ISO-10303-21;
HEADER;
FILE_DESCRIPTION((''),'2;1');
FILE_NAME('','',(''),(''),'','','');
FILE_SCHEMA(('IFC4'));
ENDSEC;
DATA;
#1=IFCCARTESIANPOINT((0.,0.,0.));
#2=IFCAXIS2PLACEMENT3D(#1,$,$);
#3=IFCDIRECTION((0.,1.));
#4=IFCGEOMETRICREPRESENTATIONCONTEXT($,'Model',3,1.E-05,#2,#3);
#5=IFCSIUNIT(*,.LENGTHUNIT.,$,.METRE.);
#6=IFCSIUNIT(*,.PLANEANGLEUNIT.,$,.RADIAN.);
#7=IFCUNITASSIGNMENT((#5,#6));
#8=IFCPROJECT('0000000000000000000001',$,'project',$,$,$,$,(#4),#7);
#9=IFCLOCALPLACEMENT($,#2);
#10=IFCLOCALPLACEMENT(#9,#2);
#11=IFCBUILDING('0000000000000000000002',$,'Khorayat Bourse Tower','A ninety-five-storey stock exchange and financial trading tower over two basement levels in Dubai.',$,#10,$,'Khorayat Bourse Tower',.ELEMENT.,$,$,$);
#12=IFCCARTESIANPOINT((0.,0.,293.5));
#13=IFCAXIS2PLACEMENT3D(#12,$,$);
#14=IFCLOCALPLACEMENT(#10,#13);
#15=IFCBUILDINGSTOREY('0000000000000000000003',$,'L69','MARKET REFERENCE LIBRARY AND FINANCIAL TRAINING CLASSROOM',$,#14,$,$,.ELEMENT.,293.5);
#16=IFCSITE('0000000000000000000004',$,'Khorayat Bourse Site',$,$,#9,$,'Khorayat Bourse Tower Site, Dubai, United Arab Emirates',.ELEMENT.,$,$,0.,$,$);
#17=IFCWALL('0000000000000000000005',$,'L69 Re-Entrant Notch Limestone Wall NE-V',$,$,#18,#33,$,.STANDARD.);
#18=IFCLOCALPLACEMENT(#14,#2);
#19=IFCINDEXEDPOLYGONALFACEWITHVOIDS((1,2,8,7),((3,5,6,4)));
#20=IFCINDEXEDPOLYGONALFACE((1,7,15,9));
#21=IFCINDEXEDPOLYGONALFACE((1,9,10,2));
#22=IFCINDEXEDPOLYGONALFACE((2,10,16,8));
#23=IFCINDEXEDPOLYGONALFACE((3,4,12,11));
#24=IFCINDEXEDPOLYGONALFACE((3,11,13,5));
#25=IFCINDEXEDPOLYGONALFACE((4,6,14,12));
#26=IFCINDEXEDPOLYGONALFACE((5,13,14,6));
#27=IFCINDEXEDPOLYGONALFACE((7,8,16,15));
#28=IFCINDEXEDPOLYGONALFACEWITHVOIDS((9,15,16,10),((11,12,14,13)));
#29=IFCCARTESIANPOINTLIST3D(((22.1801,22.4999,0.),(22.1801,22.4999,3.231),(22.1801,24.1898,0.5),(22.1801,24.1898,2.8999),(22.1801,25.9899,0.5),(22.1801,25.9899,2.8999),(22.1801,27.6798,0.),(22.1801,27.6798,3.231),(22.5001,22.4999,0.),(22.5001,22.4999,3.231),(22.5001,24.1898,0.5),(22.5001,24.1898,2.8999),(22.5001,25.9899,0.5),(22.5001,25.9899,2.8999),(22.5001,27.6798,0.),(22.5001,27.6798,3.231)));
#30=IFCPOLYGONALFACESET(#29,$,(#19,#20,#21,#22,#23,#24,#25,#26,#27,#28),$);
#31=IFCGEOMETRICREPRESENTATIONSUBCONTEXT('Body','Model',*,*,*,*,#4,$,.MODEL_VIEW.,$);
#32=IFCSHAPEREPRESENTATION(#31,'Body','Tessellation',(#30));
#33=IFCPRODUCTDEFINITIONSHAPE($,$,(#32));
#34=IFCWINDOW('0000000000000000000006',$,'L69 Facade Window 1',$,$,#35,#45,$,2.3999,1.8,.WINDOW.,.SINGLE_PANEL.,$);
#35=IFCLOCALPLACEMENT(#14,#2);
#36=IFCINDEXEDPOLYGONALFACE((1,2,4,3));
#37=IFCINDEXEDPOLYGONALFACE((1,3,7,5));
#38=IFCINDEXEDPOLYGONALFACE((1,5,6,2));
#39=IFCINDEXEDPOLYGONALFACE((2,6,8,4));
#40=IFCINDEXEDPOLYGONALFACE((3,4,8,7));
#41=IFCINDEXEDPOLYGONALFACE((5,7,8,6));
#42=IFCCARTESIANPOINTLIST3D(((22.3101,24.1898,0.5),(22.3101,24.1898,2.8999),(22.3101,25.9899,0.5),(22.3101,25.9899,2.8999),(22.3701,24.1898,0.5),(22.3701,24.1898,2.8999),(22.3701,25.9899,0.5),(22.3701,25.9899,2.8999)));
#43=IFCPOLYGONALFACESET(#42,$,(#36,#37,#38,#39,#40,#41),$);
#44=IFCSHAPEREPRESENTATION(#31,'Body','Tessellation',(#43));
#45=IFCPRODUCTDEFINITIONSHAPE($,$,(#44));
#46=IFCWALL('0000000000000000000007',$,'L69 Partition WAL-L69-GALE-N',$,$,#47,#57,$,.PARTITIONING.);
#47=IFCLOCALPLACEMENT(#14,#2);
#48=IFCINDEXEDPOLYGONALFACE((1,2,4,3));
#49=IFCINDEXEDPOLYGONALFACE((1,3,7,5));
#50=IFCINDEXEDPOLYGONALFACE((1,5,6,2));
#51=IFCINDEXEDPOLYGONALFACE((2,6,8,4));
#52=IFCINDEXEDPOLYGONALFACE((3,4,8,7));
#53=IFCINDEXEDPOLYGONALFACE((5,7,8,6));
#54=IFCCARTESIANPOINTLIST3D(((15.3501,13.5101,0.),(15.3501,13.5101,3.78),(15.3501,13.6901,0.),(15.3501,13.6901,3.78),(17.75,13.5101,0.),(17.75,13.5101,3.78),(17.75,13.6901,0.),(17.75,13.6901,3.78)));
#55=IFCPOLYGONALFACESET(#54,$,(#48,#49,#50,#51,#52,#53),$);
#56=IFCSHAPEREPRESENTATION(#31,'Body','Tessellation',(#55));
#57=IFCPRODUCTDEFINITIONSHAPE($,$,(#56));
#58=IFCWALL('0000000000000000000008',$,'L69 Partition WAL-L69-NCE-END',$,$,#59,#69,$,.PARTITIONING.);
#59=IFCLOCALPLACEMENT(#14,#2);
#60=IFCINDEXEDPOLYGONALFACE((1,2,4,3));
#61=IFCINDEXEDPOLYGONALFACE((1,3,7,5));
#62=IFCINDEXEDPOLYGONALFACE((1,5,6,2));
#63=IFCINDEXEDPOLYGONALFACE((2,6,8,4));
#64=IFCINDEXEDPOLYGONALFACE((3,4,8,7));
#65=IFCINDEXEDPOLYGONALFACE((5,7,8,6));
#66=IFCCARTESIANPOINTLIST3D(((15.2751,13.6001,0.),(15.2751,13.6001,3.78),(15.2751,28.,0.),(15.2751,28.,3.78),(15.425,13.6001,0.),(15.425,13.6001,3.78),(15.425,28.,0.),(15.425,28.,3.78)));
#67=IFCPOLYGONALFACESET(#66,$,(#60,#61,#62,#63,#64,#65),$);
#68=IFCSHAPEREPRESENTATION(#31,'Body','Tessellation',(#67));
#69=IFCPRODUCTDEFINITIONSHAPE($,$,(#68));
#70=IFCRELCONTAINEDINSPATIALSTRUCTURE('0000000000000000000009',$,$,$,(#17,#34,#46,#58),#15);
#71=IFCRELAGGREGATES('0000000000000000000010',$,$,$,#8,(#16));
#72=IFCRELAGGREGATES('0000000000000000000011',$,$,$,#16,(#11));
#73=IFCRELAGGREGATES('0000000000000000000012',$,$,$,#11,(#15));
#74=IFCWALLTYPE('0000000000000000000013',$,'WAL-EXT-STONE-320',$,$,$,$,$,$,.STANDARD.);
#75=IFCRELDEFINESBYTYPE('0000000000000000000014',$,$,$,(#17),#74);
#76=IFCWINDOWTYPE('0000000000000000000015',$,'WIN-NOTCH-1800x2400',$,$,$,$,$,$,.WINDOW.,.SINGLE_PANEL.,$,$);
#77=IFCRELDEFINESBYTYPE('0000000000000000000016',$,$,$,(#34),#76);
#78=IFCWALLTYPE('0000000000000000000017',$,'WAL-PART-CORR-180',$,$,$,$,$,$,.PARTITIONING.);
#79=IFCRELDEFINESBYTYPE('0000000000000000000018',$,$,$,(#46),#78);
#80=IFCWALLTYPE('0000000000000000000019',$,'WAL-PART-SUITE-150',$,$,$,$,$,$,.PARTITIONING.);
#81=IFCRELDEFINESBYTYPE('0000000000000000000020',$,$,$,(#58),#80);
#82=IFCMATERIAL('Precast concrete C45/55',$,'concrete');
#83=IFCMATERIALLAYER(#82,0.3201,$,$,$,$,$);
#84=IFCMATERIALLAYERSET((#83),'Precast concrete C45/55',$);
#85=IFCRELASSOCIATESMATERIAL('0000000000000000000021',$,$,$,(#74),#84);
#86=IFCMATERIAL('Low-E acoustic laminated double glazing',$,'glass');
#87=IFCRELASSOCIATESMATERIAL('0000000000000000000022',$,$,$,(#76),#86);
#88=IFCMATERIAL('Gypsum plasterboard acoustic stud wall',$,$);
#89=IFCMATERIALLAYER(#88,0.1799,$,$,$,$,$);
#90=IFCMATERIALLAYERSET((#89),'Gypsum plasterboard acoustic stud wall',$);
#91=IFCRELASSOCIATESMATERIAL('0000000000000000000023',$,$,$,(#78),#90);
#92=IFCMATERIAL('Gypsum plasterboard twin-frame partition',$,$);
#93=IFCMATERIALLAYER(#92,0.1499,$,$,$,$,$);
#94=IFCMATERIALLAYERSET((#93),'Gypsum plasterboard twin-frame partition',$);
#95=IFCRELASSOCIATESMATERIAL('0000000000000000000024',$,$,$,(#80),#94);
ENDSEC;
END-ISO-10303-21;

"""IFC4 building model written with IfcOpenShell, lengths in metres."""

from ifc_helpers import new_model, si_unit, direction, frame, frame_2d, origin, place, context, subcontext, project, spatial, rectangle, extrude, source, transform, mapped, material, layer, layer_set, type_object, element, fill, save


model = new_model("IFC4")

# Units and contexts
model_context = context("Model", 3, precision=1e-05, world=origin(), true_north=direction((0.0, 1.0)))
body_context = subcontext(model_context, "Body", "Model", "MODEL_VIEW")
ifc_project = project(units=[si_unit("LENGTHUNIT", "METRE"), si_unit("PLANEANGLEUNIT", "RADIAN")], contexts=[model_context])

# Site, building, storey
site_placement = place(None, origin())
site = spatial("IfcSite", under=ifc_project, at=site_placement, Name="Khorayat Bourse Site", LongName="Khorayat Bourse Tower Site, Dubai, United Arab Emirates", CompositionType="ELEMENT", RefElevation=0.0)
building_placement = place(site_placement, origin())
building = spatial("IfcBuilding", under=site, at=building_placement, Name="Khorayat Bourse Tower", Description="A ninety-five-storey stock exchange and financial trading tower over two basement levels in Dubai.", LongName="Khorayat Bourse Tower", CompositionType="ELEMENT")
storey_placement = place(building_placement, frame((0.0, 0.0, 293.5)))
storey = spatial("IfcBuildingStorey", under=building, at=storey_placement, Name="L69", Description="MARKET REFERENCE LIBRARY AND FINANCIAL TRAINING CLASSROOM", CompositionType="ELEMENT", Elevation=293.5)

# Wall, opening, window
ifc_material_1 = material(Name="Precast concrete C45/55", Category="concrete")
ifc_layer_1 = layer(ifc_material_1, 0.3201)
ifc_layer_set_1 = layer_set([ifc_layer_1], Name="Precast concrete C45/55")
wall_type_1 = type_object("IfcWallType", Name="WAL-EXT-STONE-320", PredefinedType="STANDARD", material=ifc_layer_set_1)
shared_shape_1 = source(origin(), body_context, "Body", "SweptSolid", [
    extrude(rectangle(XDim=5.1799, YDim=0.3201, at=frame_2d((2.5898, 0.0))), origin(), (0.0, 0.0, 1.0), 3.231),
])
shared_shape_2 = source(origin(), body_context, "Body", "SweptSolid", [
    extrude(rectangle(XDim=1.8, YDim=2.3999, at=frame_2d((0.8999, 1.2))), frame((0.0, 0.1699, 0.0), z_axis=(0.0, -1.0, 0.0), x_axis=(1.0, 0.0, 0.0)), (0.0, 0.0, 1.0), 0.3401),
])
ifc_material_2 = material(Name="Low-E acoustic laminated double glazing", Category="glass")
window_type = type_object("IfcWindowType", Name="WIN-NOTCH-1800x2400", PartitioningType="SINGLE_PANEL", PredefinedType="WINDOW", material=ifc_material_2)
shared_shape_3 = source(origin(), body_context, "Body", "SweptSolid", [
    extrude(rectangle(XDim=1.8, YDim=2.3999, at=frame_2d((0.8999, 1.2))), frame((0.0, 0.03, 0.0), z_axis=(0.0, -1.0, 0.0), x_axis=(1.0, 0.0, 0.0)), (0.0, 0.0, 1.0), 0.0601),
])
wall_1_placement = place(storey_placement, frame((22.3401, 22.5, 0.0), z_axis=(0.0, 0.0, 1.0), x_axis=(0.0, 1.0, 0.0)))
wall_1 = element("IfcWall", 1, at=wall_1_placement, inside=storey, type_object=wall_type_1, Name="L69 Re-Entrant Notch Limestone Wall NE-V", PredefinedType="STANDARD", context=body_context, shape_type="MappedRepresentation", body=[
    mapped(shared_shape_1, transform((0.0, 0.0, 0.0), scale=1.0)),
])
opening_1_placement = place(wall_1_placement, frame((1.6899, 0.0, 0.5)))
opening_1 = element("IfcOpeningElement", 2, at=opening_1_placement, cuts=wall_1, PredefinedType="OPENING", context=body_context, shape_type="MappedRepresentation", body=[
    mapped(shared_shape_2, transform((0.0, 0.0, 0.0), scale=1.0)),
])
window_1_placement = place(opening_1_placement, origin())
window_1 = element("IfcWindow", 3, at=window_1_placement, inside=storey, type_object=window_type, Name="L69 Facade Window 1", OverallHeight=2.3999, OverallWidth=1.8, PartitioningType="SINGLE_PANEL", PredefinedType="WINDOW", context=body_context, shape_type="MappedRepresentation", body=[
    mapped(shared_shape_3, transform((0.0, 0.0, 0.0), scale=1.0)),
])
fill(opening_1, window_1)

# Walls
ifc_material_3 = material(Name="Gypsum plasterboard acoustic stud wall")
ifc_layer_2 = layer(ifc_material_3, 0.1799)
ifc_layer_set_2 = layer_set([ifc_layer_2], Name="Gypsum plasterboard acoustic stud wall")
wall_type_2 = type_object("IfcWallType", Name="WAL-PART-CORR-180", PredefinedType="PARTITIONING", material=ifc_layer_set_2)
shared_shape_4 = source(origin(), body_context, "Body", "SweptSolid", [
    extrude(rectangle(XDim=2.3999, YDim=0.1799, at=frame_2d((1.2, 0.0))), origin(), (0.0, 0.0, 1.0), 3.78),
])
wall_2_placement = place(storey_placement, frame((15.3501, 13.6001, 0.0), z_axis=(0.0, 0.0, 1.0), x_axis=(1.0, 0.0, 0.0)))
element("IfcWall", 4, at=wall_2_placement, inside=storey, type_object=wall_type_2, Name="L69 Partition WAL-L69-GALE-N", PredefinedType="PARTITIONING", context=body_context, shape_type="MappedRepresentation", body=[
    mapped(shared_shape_4, transform((0.0, 0.0, 0.0), scale=1.0)),
])
ifc_material_4 = material(Name="Gypsum plasterboard twin-frame partition")
ifc_layer_3 = layer(ifc_material_4, 0.1499)
ifc_layer_set_3 = layer_set([ifc_layer_3], Name="Gypsum plasterboard twin-frame partition")
wall_type_3 = type_object("IfcWallType", Name="WAL-PART-SUITE-150", PredefinedType="PARTITIONING", material=ifc_layer_set_3)
shared_shape_5 = source(origin(), body_context, "Body", "SweptSolid", [
    extrude(rectangle(XDim=14.3999, YDim=0.1499, at=frame_2d((7.2, 0.0))), origin(), (0.0, 0.0, 1.0), 3.78),
])
wall_3_placement = place(storey_placement, frame((15.3501, 13.6001, 0.0), z_axis=(0.0, 0.0, 1.0), x_axis=(0.0, 1.0, 0.0)))
element("IfcWall", 5, at=wall_3_placement, inside=storey, type_object=wall_type_3, Name="L69 Partition WAL-L69-NCE-END", PredefinedType="PARTITIONING", context=body_context, shape_type="MappedRepresentation", body=[
    mapped(shared_shape_5, transform((0.0, 0.0, 0.0), scale=1.0)),
])

save(model, "model.ifc")
